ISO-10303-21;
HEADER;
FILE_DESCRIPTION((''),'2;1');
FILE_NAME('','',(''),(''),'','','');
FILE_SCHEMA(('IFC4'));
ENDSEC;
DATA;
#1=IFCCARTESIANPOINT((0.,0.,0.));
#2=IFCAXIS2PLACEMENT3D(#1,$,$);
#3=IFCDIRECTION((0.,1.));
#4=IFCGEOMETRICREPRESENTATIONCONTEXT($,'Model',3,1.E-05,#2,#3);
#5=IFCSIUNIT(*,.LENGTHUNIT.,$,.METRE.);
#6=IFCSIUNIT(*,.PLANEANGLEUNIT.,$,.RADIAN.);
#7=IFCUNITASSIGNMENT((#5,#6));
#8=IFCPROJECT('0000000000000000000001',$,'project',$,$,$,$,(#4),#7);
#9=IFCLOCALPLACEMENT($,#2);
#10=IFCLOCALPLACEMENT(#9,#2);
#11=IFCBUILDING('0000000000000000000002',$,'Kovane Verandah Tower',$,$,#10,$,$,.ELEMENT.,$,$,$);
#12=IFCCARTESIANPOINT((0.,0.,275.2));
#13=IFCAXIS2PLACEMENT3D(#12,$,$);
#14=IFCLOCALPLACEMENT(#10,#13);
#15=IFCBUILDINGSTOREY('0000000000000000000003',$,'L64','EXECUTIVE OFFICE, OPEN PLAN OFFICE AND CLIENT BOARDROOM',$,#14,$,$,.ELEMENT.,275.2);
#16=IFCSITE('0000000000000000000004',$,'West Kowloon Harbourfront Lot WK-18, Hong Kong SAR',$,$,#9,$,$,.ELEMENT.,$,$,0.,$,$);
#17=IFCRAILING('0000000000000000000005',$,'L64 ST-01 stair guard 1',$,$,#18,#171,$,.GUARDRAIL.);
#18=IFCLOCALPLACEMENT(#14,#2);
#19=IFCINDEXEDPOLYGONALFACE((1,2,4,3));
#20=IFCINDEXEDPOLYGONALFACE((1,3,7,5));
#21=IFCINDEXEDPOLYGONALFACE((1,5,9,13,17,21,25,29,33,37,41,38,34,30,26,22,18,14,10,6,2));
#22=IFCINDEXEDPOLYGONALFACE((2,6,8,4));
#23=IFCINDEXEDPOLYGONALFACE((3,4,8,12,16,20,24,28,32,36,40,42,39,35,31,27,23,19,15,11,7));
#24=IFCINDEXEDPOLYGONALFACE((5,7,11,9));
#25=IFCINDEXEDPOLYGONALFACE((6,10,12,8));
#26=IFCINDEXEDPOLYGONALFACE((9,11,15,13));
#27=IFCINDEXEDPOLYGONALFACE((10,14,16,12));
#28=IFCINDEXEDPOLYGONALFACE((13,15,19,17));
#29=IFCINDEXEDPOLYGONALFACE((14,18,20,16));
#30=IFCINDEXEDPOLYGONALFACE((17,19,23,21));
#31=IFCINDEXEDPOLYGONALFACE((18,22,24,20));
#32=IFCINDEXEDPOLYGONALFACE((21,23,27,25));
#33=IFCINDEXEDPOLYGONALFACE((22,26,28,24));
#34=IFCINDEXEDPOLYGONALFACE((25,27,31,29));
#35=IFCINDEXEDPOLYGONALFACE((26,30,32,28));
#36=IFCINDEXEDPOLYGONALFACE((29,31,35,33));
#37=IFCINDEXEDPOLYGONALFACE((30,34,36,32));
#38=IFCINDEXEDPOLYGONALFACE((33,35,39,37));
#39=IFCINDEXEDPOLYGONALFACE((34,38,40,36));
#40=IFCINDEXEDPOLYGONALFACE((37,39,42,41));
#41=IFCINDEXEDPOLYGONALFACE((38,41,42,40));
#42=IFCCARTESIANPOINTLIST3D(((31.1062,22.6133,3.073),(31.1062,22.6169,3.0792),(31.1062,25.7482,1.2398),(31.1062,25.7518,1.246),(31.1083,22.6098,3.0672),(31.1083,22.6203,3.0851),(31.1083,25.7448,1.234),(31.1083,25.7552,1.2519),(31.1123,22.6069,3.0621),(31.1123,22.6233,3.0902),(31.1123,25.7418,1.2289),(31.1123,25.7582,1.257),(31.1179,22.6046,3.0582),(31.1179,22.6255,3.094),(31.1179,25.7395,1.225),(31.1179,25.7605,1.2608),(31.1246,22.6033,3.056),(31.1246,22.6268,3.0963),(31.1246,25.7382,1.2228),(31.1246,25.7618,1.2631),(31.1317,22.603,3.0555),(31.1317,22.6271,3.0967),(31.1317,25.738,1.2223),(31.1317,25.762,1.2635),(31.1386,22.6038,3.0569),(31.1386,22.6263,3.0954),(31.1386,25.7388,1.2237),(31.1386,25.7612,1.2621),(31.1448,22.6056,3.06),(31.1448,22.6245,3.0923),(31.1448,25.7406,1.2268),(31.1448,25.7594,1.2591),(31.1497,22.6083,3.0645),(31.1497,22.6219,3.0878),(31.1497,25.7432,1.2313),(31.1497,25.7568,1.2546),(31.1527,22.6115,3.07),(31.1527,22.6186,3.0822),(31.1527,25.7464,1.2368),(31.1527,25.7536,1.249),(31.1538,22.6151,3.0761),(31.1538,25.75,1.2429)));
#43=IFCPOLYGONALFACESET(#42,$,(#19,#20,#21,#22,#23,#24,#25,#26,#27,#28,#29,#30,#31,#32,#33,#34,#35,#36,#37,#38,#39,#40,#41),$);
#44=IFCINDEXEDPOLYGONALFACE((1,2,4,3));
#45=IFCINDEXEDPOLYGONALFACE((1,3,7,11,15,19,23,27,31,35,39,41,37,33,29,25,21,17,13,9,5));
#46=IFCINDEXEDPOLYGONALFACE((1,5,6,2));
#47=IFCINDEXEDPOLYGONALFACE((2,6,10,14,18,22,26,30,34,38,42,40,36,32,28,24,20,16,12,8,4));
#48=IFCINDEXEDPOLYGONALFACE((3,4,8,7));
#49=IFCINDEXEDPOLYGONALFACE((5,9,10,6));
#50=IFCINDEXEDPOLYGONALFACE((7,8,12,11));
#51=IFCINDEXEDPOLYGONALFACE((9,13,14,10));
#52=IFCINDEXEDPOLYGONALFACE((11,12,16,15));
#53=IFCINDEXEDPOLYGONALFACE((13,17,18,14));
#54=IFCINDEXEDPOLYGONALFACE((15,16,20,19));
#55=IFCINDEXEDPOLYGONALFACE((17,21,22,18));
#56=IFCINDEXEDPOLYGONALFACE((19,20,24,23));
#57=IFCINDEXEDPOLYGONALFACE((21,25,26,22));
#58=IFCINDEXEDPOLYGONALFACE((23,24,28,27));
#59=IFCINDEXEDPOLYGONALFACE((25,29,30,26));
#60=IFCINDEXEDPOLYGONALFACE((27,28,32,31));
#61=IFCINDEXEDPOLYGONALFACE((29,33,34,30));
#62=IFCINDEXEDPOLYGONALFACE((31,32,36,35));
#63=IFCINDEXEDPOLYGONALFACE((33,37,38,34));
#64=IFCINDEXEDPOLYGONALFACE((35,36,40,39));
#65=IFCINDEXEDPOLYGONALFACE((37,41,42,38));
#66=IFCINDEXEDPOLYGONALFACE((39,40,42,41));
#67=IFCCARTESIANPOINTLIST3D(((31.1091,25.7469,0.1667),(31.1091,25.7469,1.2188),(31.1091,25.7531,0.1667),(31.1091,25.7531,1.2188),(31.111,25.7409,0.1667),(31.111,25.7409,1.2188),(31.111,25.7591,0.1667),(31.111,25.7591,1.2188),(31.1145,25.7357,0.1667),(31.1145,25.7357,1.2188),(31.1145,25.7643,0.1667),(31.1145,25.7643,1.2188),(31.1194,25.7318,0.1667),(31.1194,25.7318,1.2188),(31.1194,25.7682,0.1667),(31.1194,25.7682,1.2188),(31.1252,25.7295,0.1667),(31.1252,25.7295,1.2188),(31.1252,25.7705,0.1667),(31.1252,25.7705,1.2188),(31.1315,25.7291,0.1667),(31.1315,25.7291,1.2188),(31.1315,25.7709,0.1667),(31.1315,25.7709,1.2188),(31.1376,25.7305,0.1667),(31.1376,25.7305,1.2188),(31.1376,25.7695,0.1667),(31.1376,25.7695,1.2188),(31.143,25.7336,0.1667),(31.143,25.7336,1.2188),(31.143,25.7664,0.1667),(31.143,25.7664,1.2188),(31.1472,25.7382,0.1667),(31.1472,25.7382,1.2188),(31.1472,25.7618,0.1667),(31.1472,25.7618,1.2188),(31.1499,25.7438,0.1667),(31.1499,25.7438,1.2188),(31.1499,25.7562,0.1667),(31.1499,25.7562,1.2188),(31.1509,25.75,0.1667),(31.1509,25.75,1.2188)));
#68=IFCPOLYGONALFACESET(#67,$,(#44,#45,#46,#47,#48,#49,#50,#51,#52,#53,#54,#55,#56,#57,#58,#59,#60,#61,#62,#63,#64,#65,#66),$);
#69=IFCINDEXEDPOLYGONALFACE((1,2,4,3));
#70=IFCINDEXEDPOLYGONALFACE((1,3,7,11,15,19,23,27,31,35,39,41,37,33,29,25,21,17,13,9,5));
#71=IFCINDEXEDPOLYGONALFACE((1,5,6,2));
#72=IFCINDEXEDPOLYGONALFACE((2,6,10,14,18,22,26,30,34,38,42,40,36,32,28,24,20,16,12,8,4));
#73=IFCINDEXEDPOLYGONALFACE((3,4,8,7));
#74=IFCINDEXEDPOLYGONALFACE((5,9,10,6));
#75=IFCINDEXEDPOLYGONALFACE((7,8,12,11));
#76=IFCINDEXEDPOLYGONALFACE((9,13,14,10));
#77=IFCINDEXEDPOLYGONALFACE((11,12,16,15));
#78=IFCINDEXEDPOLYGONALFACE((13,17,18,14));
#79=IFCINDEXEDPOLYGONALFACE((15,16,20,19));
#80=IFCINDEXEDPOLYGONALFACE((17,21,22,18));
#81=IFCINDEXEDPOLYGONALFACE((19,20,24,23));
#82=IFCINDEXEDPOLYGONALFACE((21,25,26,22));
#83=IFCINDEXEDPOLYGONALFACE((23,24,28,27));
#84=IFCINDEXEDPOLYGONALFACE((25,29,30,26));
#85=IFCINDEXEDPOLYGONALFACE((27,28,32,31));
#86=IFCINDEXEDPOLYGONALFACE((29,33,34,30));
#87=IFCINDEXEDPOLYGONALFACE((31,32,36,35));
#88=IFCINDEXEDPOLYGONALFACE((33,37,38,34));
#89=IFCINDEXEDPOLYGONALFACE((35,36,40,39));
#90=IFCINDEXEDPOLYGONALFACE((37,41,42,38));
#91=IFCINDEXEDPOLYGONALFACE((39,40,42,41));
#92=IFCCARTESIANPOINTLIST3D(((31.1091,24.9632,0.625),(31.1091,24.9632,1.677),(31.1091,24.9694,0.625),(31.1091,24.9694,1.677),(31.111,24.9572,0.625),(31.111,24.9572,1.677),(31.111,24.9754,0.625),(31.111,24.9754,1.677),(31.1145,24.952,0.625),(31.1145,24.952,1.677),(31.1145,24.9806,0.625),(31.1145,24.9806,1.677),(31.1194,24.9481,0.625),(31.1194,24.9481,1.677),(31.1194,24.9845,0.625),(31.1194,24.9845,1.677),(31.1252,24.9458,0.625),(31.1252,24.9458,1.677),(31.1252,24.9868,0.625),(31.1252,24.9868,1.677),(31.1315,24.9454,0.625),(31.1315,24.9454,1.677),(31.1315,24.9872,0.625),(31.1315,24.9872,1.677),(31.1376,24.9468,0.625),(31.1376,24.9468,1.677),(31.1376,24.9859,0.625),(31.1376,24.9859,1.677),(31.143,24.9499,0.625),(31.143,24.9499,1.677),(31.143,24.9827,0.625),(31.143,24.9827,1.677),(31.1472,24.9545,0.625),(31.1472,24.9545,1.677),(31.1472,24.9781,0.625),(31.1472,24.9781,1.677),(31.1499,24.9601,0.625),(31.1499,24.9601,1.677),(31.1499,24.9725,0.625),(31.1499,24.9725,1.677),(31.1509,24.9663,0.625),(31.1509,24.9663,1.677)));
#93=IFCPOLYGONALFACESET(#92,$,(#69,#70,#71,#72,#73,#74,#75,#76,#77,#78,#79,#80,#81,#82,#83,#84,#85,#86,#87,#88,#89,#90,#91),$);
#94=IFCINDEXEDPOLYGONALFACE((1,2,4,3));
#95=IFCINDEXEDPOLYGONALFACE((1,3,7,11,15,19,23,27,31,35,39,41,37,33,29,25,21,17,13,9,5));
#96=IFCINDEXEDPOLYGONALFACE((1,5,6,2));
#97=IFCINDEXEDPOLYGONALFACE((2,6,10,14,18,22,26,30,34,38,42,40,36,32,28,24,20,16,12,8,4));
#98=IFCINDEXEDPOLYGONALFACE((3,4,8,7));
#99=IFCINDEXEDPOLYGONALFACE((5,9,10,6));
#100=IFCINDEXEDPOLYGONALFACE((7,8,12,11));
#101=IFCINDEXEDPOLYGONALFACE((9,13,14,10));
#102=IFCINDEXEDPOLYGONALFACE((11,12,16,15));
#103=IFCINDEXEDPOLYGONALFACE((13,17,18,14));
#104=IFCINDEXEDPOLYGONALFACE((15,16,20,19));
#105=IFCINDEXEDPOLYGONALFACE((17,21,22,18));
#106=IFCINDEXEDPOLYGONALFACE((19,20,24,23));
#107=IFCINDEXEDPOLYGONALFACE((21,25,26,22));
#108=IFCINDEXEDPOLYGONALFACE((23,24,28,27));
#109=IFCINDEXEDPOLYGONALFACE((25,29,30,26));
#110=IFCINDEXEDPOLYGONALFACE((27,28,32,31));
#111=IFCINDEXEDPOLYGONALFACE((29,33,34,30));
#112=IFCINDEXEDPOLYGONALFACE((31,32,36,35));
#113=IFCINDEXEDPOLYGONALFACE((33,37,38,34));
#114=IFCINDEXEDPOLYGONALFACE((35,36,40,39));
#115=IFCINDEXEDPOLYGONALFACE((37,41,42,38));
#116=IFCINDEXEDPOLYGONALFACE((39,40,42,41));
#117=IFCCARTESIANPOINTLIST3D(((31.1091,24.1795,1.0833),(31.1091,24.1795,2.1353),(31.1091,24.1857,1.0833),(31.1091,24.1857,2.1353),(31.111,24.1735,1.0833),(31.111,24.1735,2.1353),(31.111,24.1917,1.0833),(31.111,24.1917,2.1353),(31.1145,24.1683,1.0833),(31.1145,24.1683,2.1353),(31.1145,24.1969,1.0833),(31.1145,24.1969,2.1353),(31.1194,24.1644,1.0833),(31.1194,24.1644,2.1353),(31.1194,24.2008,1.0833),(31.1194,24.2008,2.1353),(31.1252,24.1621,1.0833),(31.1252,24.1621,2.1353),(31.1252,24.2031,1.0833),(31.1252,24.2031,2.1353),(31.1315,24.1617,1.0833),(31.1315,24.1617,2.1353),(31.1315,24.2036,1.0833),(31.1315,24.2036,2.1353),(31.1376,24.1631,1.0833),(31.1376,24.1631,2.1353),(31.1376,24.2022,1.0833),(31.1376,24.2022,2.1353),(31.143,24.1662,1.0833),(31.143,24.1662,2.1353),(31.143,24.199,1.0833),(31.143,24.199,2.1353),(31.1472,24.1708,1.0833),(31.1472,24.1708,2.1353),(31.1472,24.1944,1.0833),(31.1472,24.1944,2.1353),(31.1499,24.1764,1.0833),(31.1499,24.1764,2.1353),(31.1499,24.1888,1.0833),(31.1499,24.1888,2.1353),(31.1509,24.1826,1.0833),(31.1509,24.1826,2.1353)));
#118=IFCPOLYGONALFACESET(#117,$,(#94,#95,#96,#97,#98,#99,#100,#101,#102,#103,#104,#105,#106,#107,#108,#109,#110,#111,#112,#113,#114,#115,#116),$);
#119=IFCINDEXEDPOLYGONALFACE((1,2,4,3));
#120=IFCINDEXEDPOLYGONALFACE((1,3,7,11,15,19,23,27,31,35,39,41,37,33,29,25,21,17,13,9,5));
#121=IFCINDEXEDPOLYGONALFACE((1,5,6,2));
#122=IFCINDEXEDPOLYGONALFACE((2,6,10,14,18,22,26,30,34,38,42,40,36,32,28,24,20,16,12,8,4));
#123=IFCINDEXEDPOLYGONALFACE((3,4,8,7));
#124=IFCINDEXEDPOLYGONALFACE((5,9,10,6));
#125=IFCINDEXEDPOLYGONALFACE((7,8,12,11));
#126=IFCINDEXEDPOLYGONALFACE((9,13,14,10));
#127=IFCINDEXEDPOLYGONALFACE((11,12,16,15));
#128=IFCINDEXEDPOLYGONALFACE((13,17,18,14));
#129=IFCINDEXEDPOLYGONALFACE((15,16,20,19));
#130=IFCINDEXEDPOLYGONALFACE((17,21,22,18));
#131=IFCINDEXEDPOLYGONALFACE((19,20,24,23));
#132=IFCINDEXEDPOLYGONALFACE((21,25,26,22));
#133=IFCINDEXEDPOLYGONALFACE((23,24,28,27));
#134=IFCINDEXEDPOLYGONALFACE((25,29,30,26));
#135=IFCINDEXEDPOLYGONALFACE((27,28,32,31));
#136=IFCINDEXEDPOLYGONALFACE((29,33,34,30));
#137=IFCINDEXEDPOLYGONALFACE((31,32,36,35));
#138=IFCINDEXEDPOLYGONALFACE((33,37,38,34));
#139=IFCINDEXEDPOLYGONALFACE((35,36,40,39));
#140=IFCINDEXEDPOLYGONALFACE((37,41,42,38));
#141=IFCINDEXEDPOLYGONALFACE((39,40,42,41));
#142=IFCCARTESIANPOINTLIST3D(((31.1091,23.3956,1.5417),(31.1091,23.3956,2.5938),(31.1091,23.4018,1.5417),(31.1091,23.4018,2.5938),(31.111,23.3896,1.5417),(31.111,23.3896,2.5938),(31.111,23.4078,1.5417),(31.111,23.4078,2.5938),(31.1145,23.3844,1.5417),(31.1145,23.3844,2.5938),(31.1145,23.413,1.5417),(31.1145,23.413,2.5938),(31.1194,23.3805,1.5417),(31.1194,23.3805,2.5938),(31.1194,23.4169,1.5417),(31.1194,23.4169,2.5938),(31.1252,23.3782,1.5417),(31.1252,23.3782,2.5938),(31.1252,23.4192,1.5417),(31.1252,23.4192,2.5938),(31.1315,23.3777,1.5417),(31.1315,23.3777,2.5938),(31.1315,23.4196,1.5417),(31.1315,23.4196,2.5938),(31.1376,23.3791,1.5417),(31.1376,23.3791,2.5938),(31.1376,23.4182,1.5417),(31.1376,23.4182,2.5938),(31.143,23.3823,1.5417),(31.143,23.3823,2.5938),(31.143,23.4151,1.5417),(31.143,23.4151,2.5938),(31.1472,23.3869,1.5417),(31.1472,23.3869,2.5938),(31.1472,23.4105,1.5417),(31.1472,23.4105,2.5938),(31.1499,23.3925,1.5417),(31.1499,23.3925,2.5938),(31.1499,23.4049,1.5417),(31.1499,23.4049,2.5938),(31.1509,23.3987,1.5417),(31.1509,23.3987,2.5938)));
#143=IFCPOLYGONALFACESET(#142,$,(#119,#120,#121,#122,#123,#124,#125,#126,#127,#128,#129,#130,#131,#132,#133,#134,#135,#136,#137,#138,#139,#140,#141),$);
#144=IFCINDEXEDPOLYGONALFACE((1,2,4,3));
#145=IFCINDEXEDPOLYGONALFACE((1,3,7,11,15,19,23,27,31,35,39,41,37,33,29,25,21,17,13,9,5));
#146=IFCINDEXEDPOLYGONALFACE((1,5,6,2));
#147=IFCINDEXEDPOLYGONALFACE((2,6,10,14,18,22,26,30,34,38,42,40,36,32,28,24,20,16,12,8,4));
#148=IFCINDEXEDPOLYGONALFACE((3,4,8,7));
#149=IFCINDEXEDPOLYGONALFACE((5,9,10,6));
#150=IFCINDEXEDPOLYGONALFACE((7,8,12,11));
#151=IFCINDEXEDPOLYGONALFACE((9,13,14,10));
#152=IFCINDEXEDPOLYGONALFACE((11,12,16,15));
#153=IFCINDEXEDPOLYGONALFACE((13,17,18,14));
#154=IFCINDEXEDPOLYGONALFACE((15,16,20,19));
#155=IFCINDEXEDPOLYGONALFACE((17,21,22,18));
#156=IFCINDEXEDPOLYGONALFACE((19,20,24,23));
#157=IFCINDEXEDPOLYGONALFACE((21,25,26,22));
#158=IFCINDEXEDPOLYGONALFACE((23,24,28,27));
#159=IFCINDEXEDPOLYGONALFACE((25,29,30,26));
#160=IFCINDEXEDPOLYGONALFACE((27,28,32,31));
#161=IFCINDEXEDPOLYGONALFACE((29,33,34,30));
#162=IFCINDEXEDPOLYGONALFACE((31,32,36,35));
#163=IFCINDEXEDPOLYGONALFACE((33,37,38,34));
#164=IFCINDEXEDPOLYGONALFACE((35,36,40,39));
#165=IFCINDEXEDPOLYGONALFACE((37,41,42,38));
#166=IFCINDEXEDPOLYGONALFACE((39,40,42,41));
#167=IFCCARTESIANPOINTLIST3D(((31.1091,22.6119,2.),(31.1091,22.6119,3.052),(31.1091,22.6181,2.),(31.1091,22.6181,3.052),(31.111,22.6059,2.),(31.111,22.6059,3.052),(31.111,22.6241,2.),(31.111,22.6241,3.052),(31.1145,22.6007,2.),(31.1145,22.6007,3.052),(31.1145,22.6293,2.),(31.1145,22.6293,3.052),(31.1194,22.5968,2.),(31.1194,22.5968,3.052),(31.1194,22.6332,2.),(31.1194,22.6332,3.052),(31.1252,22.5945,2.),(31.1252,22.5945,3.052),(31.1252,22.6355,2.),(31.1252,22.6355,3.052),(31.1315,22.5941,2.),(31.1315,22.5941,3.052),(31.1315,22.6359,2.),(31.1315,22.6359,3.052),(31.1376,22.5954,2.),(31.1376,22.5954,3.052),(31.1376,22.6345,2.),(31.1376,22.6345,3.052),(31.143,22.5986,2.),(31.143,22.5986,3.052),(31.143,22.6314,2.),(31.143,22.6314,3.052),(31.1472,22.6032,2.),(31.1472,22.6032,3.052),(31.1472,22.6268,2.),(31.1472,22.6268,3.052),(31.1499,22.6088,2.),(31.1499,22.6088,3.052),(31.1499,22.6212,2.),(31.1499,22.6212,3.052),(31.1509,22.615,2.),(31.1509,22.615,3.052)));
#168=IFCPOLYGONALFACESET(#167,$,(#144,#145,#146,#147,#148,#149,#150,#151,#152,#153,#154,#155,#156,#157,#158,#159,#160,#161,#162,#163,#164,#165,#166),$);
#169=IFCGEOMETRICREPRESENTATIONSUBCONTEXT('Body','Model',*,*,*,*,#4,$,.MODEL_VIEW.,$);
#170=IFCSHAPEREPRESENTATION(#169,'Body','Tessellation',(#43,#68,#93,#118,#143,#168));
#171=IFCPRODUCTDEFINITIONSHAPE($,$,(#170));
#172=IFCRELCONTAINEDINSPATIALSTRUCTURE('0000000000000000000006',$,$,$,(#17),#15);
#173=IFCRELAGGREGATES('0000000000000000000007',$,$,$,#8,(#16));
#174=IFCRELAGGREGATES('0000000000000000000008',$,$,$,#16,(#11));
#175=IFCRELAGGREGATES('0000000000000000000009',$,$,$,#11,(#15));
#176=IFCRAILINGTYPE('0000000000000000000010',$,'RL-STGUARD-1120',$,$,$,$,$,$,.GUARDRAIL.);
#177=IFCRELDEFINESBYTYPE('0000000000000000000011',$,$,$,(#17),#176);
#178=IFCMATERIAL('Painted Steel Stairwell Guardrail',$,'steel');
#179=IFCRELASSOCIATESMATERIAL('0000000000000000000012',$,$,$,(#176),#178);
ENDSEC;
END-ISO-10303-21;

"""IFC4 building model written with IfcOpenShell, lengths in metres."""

from ifc_helpers import new_model, si_unit, direction, frame, origin, origin_2d, place, context, subcontext, project, spatial, circle, extrude, material, type_object, element, save


model = new_model("IFC4")

# Units and contexts
model_context = context("Model", 3, precision=1e-05, world=origin(), true_north=direction((0.0, 1.0)))
body_context = subcontext(model_context, "Body", "Model", "MODEL_VIEW")
ifc_project = project(units=[si_unit("LENGTHUNIT", "METRE"), si_unit("PLANEANGLEUNIT", "RADIAN")], contexts=[model_context])

# Site, building, storey
site_placement = place(None, origin())
site = spatial("IfcSite", under=ifc_project, at=site_placement, Name="West Kowloon Harbourfront Lot WK-18, Hong Kong SAR", CompositionType="ELEMENT", RefElevation=0.0)
building_placement = place(site_placement, origin())
building = spatial("IfcBuilding", under=site, at=building_placement, Name="Kovane Verandah Tower", CompositionType="ELEMENT")
storey_placement = place(building_placement, frame((0.0, 0.0, 275.2)))
storey = spatial("IfcBuildingStorey", under=building, at=storey_placement, Name="L64", Description="EXECUTIVE OFFICE, OPEN PLAN OFFICE AND CLIENT BOARDROOM", CompositionType="ELEMENT", Elevation=275.2)

# Railing
ifc_material_1 = material(Name="Painted Steel Stairwell Guardrail", Category="steel")
railing_type_1 = type_object("IfcRailingType", Name="RL-STGUARD-1120", PredefinedType="GUARDRAIL", material=ifc_material_1)
railing_1_placement = place(storey_placement, frame((31.1299, 25.75, 0.1667)))
element("IfcRailing", 1, at=railing_1_placement, inside=storey, type_object=railing_type_1, Name="L64 ST-01 stair guard 1", PredefinedType="GUARDRAIL", context=body_context, shape_type="SweptSolid", body=[
    extrude(circle(Radius=0.0239, at=origin_2d()), frame((0.0, 0.0, 1.0762), z_axis=(0.0, -0.86324, 0.504794), x_axis=(1.0, 0.0, 0.0)), (0.0, 0.0, 1.0), 3.6316),
    extrude(circle(Radius=0.021, at=origin_2d()), origin(), (0.0, 0.0, 1.0), 1.052),
    extrude(circle(Radius=0.021, at=origin_2d()), frame((0.0, -0.7837, 0.4583)), (0.0, 0.0, 1.0), 1.052),
    extrude(circle(Radius=0.021, at=origin_2d()), frame((0.0, -1.5674, 0.9165)), (0.0, 0.0, 1.0), 1.052),
    extrude(circle(Radius=0.021, at=origin_2d()), frame((0.0, -2.3513, 1.375)), (0.0, 0.0, 1.0), 1.052),
    extrude(circle(Radius=0.021, at=origin_2d()), frame((0.0, -3.135, 1.8333)), (0.0, 0.0, 1.0), 1.052),
])

save(model, "model.ifc")
